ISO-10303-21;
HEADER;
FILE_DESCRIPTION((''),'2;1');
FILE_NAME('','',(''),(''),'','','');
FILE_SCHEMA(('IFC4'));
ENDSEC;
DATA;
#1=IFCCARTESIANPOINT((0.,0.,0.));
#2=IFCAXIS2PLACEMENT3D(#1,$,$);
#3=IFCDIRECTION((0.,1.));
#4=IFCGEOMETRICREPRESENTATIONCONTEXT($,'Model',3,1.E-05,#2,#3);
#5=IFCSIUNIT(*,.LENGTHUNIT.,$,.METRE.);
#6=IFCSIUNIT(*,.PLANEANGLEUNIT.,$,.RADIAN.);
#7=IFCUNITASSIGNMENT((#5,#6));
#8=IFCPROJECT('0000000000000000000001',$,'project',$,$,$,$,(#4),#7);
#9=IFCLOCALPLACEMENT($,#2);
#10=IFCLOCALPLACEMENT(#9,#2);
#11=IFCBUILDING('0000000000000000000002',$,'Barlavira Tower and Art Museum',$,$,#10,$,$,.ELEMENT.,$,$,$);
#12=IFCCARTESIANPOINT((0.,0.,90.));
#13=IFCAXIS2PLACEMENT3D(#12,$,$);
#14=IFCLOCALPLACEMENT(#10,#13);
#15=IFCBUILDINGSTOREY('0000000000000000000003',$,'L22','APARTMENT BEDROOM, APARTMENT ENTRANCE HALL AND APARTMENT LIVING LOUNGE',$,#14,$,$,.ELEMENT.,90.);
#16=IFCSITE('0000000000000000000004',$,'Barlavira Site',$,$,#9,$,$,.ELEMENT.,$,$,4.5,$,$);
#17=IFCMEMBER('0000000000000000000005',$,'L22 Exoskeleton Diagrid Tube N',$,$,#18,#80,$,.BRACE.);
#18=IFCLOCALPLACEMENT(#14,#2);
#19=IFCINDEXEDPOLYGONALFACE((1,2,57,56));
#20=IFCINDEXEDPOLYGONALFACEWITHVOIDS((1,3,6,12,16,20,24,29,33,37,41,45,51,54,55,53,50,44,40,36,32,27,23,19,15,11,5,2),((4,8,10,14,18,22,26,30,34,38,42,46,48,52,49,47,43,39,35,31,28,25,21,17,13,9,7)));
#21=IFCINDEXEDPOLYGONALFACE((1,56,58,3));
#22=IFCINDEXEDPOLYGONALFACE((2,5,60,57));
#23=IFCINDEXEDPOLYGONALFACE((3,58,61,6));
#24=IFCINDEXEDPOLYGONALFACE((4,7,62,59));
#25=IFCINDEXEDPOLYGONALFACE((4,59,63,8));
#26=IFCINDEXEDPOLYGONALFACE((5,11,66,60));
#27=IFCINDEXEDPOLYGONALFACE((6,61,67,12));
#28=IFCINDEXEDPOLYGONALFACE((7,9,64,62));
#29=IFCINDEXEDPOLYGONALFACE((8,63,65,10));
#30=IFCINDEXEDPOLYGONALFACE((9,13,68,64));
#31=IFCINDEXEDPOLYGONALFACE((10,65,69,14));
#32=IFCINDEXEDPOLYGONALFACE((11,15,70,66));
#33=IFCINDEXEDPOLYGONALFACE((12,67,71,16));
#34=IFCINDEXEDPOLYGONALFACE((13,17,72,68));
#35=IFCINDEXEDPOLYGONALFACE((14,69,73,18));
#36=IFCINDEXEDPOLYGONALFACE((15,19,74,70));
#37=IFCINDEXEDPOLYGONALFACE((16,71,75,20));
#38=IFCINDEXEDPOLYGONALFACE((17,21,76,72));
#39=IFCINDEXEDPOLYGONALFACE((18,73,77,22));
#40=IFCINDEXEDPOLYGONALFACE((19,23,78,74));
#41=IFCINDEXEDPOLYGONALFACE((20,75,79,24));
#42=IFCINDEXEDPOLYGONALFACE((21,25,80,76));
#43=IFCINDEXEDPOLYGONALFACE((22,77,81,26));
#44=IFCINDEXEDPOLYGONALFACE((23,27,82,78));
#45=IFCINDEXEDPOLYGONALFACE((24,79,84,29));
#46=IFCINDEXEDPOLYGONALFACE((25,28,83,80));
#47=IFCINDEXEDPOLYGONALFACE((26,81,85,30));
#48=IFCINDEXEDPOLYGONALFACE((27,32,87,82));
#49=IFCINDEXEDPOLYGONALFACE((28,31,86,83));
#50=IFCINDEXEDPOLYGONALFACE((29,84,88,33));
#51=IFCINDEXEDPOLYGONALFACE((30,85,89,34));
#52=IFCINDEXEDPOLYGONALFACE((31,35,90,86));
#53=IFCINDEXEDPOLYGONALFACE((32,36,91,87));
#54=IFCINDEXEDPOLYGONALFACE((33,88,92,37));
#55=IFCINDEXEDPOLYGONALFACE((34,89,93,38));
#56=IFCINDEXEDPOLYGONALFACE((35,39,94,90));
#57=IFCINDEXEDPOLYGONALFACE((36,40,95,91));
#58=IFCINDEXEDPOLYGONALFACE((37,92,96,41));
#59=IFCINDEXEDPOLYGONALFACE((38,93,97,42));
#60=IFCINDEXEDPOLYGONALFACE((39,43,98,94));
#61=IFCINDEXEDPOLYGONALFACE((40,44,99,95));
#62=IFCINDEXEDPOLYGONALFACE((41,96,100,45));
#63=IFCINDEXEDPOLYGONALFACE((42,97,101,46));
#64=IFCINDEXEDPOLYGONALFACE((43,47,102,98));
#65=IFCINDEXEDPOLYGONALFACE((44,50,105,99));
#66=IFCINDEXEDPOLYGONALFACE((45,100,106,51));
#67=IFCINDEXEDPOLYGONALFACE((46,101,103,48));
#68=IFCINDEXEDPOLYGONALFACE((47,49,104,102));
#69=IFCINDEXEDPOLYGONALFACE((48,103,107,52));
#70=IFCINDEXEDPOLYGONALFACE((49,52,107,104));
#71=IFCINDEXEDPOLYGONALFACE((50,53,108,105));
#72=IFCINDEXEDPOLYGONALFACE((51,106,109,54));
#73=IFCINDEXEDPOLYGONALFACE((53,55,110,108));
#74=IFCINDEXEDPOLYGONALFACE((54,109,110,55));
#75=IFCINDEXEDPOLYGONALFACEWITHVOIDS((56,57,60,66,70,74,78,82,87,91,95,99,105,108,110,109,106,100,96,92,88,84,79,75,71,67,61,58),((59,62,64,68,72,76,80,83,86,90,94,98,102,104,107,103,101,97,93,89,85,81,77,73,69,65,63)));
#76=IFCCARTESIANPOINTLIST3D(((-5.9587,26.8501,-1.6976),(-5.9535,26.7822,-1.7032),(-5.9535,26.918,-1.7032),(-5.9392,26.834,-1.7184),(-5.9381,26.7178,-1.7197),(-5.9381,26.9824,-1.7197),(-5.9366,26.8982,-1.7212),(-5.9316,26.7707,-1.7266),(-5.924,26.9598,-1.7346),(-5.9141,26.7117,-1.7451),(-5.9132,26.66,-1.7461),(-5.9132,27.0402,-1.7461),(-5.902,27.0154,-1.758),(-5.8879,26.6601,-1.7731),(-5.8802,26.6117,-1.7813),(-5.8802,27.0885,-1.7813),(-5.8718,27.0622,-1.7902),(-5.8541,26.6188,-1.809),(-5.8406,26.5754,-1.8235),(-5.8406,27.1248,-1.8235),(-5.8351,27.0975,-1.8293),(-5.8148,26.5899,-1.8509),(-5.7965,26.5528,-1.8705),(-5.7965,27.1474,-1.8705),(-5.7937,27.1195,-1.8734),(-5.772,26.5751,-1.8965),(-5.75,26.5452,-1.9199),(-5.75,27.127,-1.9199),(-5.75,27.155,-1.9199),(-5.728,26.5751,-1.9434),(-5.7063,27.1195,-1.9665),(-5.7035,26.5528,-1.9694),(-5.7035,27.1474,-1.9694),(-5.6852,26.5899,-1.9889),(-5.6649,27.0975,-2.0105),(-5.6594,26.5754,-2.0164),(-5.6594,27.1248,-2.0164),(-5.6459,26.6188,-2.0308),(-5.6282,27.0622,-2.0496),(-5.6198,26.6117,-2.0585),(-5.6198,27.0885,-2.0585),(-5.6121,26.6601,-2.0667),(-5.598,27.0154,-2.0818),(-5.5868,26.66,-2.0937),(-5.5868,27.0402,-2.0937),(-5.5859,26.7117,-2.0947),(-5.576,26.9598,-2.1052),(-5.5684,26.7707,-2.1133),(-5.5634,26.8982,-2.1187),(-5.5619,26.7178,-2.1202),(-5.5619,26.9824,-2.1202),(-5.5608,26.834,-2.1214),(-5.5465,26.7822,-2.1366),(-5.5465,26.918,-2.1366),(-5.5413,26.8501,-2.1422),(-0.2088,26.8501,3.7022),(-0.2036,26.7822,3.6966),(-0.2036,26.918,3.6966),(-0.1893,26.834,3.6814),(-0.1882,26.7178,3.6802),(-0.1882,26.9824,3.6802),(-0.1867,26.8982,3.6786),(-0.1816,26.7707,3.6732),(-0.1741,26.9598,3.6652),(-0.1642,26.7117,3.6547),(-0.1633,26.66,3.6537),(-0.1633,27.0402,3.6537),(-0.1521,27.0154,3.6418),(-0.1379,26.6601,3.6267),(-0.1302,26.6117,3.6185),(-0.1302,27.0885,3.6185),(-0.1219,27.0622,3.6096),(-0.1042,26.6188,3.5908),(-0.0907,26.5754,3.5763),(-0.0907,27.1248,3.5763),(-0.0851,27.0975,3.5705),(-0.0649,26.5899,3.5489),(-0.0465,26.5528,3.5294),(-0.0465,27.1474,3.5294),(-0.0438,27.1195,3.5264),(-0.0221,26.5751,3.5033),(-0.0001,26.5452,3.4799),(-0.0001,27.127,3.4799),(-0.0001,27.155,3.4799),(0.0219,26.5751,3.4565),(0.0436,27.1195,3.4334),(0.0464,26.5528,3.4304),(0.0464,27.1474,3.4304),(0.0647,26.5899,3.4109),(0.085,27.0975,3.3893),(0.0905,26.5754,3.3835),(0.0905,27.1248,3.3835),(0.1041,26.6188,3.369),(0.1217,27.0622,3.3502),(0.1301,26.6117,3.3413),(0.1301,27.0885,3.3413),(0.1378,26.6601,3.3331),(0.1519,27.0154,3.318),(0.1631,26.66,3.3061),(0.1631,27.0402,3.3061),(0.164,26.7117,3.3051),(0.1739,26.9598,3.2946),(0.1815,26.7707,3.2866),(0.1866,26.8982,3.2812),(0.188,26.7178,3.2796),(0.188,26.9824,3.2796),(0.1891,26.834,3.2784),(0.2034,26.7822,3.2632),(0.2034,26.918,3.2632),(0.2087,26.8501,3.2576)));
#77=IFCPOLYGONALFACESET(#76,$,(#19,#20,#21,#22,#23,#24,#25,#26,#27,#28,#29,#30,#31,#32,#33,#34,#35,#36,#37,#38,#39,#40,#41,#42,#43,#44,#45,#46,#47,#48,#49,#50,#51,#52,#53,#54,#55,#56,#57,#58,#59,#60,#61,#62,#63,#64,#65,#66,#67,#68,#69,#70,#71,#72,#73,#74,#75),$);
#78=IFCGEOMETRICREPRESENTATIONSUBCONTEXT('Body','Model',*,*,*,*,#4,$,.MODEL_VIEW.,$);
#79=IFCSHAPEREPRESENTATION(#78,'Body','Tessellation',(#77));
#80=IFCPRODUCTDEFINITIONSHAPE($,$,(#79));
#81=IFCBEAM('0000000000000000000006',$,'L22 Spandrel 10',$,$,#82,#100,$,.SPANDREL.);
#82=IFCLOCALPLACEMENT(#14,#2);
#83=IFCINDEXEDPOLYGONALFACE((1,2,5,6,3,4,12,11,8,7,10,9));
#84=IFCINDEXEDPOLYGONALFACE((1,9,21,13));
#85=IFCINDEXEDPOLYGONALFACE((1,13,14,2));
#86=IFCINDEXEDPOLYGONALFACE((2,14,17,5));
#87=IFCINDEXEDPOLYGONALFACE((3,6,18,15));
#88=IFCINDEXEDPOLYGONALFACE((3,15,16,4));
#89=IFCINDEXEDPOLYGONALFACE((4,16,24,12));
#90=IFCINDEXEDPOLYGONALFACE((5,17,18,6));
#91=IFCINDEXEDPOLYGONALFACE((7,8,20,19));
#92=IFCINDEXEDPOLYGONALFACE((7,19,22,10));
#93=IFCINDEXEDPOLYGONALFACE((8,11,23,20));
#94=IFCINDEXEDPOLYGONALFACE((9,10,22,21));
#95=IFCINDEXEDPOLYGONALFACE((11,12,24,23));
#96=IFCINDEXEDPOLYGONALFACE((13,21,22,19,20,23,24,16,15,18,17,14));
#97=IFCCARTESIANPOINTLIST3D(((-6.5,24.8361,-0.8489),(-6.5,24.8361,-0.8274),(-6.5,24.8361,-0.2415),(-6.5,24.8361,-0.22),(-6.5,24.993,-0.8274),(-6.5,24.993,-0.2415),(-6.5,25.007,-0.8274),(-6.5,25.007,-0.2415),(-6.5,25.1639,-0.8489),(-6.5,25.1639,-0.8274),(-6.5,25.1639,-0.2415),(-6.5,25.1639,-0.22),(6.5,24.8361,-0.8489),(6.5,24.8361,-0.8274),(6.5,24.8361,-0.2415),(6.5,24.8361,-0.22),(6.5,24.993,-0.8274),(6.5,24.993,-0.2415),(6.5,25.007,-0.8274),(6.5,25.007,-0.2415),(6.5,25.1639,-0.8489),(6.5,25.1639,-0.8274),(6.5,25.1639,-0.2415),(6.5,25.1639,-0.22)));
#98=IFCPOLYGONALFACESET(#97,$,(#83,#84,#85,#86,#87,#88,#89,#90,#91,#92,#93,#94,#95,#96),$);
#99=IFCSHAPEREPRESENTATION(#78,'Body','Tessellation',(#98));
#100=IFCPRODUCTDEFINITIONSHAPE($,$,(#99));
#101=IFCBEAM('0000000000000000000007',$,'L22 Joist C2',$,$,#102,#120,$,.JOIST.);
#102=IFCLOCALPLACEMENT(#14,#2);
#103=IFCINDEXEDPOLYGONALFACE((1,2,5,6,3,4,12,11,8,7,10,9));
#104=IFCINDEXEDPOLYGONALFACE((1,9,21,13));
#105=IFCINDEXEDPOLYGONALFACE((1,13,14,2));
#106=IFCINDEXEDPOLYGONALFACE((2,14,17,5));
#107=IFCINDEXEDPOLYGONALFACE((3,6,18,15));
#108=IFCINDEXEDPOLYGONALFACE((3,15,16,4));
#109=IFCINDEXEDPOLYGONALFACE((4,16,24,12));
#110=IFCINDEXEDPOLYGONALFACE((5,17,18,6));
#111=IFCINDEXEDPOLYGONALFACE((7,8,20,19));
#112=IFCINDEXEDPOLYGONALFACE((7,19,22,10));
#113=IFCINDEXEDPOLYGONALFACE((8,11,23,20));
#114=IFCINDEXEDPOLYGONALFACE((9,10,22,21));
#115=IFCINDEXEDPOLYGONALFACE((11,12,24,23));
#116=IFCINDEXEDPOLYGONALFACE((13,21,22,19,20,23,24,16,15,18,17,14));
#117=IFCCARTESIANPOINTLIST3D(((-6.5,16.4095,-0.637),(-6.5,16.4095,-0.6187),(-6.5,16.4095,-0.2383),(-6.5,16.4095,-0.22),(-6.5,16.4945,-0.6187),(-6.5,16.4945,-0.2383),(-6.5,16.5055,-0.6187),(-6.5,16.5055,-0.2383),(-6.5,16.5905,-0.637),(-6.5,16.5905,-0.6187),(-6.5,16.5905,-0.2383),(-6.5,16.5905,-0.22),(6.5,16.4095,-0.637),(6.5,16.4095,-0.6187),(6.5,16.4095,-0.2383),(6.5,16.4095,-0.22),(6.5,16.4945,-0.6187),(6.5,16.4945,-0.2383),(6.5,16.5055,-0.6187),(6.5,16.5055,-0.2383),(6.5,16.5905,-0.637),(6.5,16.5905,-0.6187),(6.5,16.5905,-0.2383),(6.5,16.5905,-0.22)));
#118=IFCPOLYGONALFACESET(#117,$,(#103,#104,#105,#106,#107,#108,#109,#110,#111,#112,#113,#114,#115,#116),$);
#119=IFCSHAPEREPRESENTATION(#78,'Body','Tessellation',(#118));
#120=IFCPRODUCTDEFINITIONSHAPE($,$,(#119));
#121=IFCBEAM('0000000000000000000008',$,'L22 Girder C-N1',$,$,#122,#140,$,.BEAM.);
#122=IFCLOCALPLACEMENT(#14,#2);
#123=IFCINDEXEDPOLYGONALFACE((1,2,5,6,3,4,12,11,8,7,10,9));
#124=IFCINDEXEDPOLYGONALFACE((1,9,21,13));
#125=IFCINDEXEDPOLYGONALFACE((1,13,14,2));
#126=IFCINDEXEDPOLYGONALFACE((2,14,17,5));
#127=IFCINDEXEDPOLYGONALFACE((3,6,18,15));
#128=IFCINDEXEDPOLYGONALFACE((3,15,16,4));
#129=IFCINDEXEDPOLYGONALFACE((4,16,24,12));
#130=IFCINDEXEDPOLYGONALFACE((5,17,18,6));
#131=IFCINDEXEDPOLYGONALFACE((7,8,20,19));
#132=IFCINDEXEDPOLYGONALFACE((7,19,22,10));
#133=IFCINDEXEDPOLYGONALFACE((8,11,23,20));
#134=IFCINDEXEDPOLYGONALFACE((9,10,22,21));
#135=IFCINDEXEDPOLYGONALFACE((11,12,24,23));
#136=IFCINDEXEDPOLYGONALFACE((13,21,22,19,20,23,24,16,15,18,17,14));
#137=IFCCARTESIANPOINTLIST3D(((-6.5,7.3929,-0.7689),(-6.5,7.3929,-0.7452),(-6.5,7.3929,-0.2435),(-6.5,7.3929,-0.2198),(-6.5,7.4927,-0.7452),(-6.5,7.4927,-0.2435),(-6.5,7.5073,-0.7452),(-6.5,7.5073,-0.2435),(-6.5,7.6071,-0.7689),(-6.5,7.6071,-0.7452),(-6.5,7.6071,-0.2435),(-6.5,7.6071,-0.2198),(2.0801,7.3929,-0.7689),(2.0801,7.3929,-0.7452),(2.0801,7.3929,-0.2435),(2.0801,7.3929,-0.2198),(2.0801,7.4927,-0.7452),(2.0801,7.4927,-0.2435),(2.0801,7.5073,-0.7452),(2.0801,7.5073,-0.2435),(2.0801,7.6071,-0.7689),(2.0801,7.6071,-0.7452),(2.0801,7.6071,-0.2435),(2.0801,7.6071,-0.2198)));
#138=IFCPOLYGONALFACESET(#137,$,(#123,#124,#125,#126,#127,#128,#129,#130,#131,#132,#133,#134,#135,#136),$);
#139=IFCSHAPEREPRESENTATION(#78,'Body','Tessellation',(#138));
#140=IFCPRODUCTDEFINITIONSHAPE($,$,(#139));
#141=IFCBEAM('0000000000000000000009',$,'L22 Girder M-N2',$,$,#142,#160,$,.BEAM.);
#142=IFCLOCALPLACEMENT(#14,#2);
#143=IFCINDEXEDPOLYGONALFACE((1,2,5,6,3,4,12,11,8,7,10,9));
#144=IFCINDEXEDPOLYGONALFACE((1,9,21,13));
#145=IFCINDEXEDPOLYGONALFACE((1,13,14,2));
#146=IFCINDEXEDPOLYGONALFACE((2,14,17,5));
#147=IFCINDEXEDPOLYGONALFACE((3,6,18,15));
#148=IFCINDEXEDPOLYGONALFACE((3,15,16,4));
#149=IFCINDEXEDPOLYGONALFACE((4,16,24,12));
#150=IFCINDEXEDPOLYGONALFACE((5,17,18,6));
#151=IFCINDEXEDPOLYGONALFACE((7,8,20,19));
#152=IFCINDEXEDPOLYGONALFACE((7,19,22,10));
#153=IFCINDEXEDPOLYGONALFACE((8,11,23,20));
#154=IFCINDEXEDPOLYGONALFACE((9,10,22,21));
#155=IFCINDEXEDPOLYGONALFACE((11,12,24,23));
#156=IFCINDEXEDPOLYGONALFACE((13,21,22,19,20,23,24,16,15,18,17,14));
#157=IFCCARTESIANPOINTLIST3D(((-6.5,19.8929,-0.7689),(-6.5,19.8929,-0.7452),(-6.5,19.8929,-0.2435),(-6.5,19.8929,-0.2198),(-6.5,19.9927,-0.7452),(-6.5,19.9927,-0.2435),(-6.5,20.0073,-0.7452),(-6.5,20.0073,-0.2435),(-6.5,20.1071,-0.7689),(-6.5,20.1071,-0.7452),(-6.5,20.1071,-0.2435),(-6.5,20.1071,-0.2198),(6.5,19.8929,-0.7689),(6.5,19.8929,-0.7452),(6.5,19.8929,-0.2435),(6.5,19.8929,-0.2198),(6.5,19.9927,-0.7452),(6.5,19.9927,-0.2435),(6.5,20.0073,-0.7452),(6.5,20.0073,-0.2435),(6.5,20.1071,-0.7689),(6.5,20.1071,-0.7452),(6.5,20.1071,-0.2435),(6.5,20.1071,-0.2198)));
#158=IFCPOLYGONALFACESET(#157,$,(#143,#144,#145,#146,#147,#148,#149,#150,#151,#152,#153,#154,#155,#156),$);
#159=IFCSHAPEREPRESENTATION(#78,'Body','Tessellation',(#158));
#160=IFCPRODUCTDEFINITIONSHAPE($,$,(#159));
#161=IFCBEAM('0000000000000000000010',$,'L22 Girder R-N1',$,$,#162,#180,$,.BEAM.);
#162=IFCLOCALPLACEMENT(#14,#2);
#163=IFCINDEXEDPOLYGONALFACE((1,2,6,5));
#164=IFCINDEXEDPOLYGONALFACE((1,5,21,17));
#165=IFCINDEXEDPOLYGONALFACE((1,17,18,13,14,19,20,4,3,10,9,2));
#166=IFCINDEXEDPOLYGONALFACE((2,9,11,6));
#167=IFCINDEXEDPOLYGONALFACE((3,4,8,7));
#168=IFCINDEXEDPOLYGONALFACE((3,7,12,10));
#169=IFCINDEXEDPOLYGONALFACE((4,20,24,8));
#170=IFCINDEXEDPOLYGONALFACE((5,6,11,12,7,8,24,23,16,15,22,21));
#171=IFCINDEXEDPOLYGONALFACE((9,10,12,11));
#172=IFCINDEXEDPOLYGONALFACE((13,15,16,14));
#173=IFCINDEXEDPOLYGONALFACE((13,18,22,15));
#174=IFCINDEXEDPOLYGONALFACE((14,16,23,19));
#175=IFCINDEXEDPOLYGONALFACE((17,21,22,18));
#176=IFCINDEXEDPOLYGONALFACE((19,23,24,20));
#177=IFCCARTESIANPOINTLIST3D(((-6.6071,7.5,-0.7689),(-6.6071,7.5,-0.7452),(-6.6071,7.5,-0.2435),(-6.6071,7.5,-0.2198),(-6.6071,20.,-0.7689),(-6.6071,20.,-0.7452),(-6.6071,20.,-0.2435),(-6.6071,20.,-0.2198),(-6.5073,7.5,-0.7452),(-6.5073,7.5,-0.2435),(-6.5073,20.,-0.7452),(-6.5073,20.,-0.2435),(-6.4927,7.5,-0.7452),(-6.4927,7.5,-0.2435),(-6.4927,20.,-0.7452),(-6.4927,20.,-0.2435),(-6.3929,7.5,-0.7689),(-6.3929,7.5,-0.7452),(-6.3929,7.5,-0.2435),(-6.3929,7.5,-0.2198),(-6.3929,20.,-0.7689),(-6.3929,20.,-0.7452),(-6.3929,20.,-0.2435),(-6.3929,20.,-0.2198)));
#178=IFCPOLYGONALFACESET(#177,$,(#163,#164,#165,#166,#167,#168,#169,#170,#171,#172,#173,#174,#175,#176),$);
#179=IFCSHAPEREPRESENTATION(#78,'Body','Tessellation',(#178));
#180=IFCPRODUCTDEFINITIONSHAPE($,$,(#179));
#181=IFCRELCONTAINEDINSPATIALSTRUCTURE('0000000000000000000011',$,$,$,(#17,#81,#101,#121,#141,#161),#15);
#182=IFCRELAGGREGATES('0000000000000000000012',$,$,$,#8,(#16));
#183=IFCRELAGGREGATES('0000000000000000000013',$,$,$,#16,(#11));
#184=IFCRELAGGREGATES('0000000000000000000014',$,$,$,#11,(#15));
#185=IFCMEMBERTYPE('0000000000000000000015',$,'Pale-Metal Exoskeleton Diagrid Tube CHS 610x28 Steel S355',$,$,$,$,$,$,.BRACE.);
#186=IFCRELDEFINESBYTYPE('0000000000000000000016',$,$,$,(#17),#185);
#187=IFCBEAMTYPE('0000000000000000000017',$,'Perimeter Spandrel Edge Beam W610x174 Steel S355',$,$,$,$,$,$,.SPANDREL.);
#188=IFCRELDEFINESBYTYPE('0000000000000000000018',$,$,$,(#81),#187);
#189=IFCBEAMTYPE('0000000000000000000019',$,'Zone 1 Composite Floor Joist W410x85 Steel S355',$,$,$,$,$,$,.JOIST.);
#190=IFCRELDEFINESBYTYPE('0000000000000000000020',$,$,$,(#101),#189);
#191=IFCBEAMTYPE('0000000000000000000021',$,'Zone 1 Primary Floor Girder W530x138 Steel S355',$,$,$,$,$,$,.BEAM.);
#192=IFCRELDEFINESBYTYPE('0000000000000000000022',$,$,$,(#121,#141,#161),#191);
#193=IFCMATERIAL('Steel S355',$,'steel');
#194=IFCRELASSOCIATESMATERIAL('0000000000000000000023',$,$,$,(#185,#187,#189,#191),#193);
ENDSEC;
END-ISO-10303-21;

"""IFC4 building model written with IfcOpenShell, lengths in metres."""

from ifc_helpers import new_model, si_unit, direction, frame, origin, origin_2d, place, context, subcontext, project, spatial, hollow_circle, i_section, extrude, material, material_profile, profile_set, type_object, element, save


model = new_model("IFC4")

# Units and contexts
model_context = context("Model", 3, precision=1e-05, world=origin(), true_north=direction((0.0, 1.0)))
body_context = subcontext(model_context, "Body", "Model", "MODEL_VIEW")
ifc_project = project(units=[si_unit("LENGTHUNIT", "METRE"), si_unit("PLANEANGLEUNIT", "RADIAN")], contexts=[model_context])

# Site, building, storey
site_placement = place(None, origin())
site = spatial("IfcSite", under=ifc_project, at=site_placement, Name="Barlavira Site", CompositionType="ELEMENT", RefElevation=4.5)
building_placement = place(site_placement, origin())
building = spatial("IfcBuilding", under=site, at=building_placement, Name="Barlavira Tower and Art Museum", CompositionType="ELEMENT")
storey_placement = place(building_placement, frame((0.0, 0.0, 90.0)))
storey = spatial("IfcBuildingStorey", under=building, at=storey_placement, Name="L22", Description="APARTMENT BEDROOM, APARTMENT ENTRANCE HALL AND APARTMENT LIVING LOUNGE", CompositionType="ELEMENT", Elevation=90.0)

# Member
ifc_material_1 = material(Name="Steel S355", Category="steel")
ifc_material_profile_1 = material_profile(ifc_material_1, hollow_circle(Radius=0.3049, WallThickness=0.0281, at=origin_2d()), Name="CHS 610.0x28.0")
ifc_profile_set_1 = profile_set([ifc_material_profile_1], Name="Steel S355")
member_type_1 = type_object("IfcMemberType", Name="Pale-Metal Exoskeleton Diagrid Tube CHS 610x28 Steel S355", PredefinedType="BRACE", material=ifc_profile_set_1)
for number, where, z_axis, x_axis, name in (
    (1, (-5.75, 26.8501, -1.9199), (0.72895, 0.0, 0.684567), (0.0, 1.0, 0.0), "L22 Exoskeleton Diagrid Tube N"),
):
    element("IfcMember", number, at=place(storey_placement, frame(where, z_axis=z_axis, x_axis=x_axis)), inside=storey, type_object=member_type_1, Name=name, PredefinedType="BRACE", context=body_context, shape_type="SweptSolid", body=[
        extrude(hollow_circle(Radius=0.3049, WallThickness=0.0281, at=origin_2d()), origin(), (0.0, 0.0, 1.0), 7.8879),
    ])

# Beams
ifc_material_profile_2 = material_profile(ifc_material_1, i_section(OverallWidth=0.3279, OverallDepth=0.6289, WebThickness=0.0139, FlangeThickness=0.0215, at=origin_2d()), Name="W610x174.0")
ifc_profile_set_2 = profile_set([ifc_material_profile_2], Name="Steel S355")
beam_type_1 = type_object("IfcBeamType", Name="Perimeter Spandrel Edge Beam W610x174 Steel S355", PredefinedType="SPANDREL", material=ifc_profile_set_2)
beam_1_placement = place(storey_placement, frame((-6.5, 25.0, -0.5344), z_axis=(1.0, 0.0, 0.0), x_axis=(0.0, 1.0, 0.0)))
element("IfcBeam", 2, at=beam_1_placement, inside=storey, type_object=beam_type_1, Name="L22 Spandrel 10", PredefinedType="SPANDREL", context=body_context, shape_type="SweptSolid", body=[
    extrude(i_section(OverallWidth=0.3279, OverallDepth=0.6289, WebThickness=0.0139, FlangeThickness=0.0215, at=origin_2d()), origin(), (0.0, 0.0, 1.0), 13.0),
])
ifc_material_profile_3 = material_profile(ifc_material_1, i_section(OverallWidth=0.1809, OverallDepth=0.417, WebThickness=0.011, FlangeThickness=0.0183, at=origin_2d()), Name="W410x85.0")
ifc_profile_set_3 = profile_set([ifc_material_profile_3], Name="Steel S355")
beam_type_2 = type_object("IfcBeamType", Name="Zone 1 Composite Floor Joist W410x85 Steel S355", PredefinedType="JOIST", material=ifc_profile_set_3)
beam_2_placement = place(storey_placement, frame((-6.5, 16.5, -0.4285), z_axis=(1.0, 0.0, 0.0), x_axis=(0.0, 1.0, 0.0)))
element("IfcBeam", 3, at=beam_2_placement, inside=storey, type_object=beam_type_2, Name="L22 Joist C2", PredefinedType="JOIST", context=body_context, shape_type="SweptSolid", body=[
    extrude(i_section(OverallWidth=0.1809, OverallDepth=0.417, WebThickness=0.011, FlangeThickness=0.0183, at=origin_2d()), origin(), (0.0, 0.0, 1.0), 13.0),
])
ifc_material_profile_4 = material_profile(ifc_material_1, i_section(OverallWidth=0.2141, OverallDepth=0.5491, WebThickness=0.0146, FlangeThickness=0.0237, at=origin_2d()), Name="W530x138.0")
ifc_profile_set_4 = profile_set([ifc_material_profile_4], Name="Steel S355")
beam_type_3 = type_object("IfcBeamType", Name="Zone 1 Primary Floor Girder W530x138 Steel S355", PredefinedType="BEAM", material=ifc_profile_set_4)
beam_3_placement = place(storey_placement, frame((-6.5, 7.5, -0.4944), z_axis=(1.0, 0.0, 0.0), x_axis=(0.0, 1.0, 0.0)))
element("IfcBeam", 4, at=beam_3_placement, inside=storey, type_object=beam_type_3, Name="L22 Girder C-N1", PredefinedType="BEAM", context=body_context, shape_type="SweptSolid", body=[
    extrude(i_section(OverallWidth=0.2141, OverallDepth=0.5491, WebThickness=0.0146, FlangeThickness=0.0237, at=origin_2d()), origin(), (0.0, 0.0, 1.0), 8.5801),
])
beam_4_placement = place(storey_placement, frame((-6.5, 20.0, -0.4944), z_axis=(1.0, 0.0, 0.0), x_axis=(0.0, 1.0, 0.0)))
element("IfcBeam", 5, at=beam_4_placement, inside=storey, type_object=beam_type_3, Name="L22 Girder M-N2", PredefinedType="BEAM", context=body_context, shape_type="SweptSolid", body=[
    extrude(i_section(OverallWidth=0.2141, OverallDepth=0.5491, WebThickness=0.0146, FlangeThickness=0.0237, at=origin_2d()), origin(), (0.0, 0.0, 1.0), 13.0),
])
beam_5_placement = place(storey_placement, frame((-6.5, 7.5, -0.4944), z_axis=(0.0, 1.0, 0.0), x_axis=(-1.0, 0.0, 0.0)))
element("IfcBeam", 6, at=beam_5_placement, inside=storey, type_object=beam_type_3, Name="L22 Girder R-N1", PredefinedType="BEAM", context=body_context, shape_type="SweptSolid", body=[
    extrude(i_section(OverallWidth=0.2141, OverallDepth=0.5491, WebThickness=0.0146, FlangeThickness=0.0237, at=origin_2d()), origin(), (0.0, 0.0, 1.0), 12.5),
])

save(model, "model.ifc")
